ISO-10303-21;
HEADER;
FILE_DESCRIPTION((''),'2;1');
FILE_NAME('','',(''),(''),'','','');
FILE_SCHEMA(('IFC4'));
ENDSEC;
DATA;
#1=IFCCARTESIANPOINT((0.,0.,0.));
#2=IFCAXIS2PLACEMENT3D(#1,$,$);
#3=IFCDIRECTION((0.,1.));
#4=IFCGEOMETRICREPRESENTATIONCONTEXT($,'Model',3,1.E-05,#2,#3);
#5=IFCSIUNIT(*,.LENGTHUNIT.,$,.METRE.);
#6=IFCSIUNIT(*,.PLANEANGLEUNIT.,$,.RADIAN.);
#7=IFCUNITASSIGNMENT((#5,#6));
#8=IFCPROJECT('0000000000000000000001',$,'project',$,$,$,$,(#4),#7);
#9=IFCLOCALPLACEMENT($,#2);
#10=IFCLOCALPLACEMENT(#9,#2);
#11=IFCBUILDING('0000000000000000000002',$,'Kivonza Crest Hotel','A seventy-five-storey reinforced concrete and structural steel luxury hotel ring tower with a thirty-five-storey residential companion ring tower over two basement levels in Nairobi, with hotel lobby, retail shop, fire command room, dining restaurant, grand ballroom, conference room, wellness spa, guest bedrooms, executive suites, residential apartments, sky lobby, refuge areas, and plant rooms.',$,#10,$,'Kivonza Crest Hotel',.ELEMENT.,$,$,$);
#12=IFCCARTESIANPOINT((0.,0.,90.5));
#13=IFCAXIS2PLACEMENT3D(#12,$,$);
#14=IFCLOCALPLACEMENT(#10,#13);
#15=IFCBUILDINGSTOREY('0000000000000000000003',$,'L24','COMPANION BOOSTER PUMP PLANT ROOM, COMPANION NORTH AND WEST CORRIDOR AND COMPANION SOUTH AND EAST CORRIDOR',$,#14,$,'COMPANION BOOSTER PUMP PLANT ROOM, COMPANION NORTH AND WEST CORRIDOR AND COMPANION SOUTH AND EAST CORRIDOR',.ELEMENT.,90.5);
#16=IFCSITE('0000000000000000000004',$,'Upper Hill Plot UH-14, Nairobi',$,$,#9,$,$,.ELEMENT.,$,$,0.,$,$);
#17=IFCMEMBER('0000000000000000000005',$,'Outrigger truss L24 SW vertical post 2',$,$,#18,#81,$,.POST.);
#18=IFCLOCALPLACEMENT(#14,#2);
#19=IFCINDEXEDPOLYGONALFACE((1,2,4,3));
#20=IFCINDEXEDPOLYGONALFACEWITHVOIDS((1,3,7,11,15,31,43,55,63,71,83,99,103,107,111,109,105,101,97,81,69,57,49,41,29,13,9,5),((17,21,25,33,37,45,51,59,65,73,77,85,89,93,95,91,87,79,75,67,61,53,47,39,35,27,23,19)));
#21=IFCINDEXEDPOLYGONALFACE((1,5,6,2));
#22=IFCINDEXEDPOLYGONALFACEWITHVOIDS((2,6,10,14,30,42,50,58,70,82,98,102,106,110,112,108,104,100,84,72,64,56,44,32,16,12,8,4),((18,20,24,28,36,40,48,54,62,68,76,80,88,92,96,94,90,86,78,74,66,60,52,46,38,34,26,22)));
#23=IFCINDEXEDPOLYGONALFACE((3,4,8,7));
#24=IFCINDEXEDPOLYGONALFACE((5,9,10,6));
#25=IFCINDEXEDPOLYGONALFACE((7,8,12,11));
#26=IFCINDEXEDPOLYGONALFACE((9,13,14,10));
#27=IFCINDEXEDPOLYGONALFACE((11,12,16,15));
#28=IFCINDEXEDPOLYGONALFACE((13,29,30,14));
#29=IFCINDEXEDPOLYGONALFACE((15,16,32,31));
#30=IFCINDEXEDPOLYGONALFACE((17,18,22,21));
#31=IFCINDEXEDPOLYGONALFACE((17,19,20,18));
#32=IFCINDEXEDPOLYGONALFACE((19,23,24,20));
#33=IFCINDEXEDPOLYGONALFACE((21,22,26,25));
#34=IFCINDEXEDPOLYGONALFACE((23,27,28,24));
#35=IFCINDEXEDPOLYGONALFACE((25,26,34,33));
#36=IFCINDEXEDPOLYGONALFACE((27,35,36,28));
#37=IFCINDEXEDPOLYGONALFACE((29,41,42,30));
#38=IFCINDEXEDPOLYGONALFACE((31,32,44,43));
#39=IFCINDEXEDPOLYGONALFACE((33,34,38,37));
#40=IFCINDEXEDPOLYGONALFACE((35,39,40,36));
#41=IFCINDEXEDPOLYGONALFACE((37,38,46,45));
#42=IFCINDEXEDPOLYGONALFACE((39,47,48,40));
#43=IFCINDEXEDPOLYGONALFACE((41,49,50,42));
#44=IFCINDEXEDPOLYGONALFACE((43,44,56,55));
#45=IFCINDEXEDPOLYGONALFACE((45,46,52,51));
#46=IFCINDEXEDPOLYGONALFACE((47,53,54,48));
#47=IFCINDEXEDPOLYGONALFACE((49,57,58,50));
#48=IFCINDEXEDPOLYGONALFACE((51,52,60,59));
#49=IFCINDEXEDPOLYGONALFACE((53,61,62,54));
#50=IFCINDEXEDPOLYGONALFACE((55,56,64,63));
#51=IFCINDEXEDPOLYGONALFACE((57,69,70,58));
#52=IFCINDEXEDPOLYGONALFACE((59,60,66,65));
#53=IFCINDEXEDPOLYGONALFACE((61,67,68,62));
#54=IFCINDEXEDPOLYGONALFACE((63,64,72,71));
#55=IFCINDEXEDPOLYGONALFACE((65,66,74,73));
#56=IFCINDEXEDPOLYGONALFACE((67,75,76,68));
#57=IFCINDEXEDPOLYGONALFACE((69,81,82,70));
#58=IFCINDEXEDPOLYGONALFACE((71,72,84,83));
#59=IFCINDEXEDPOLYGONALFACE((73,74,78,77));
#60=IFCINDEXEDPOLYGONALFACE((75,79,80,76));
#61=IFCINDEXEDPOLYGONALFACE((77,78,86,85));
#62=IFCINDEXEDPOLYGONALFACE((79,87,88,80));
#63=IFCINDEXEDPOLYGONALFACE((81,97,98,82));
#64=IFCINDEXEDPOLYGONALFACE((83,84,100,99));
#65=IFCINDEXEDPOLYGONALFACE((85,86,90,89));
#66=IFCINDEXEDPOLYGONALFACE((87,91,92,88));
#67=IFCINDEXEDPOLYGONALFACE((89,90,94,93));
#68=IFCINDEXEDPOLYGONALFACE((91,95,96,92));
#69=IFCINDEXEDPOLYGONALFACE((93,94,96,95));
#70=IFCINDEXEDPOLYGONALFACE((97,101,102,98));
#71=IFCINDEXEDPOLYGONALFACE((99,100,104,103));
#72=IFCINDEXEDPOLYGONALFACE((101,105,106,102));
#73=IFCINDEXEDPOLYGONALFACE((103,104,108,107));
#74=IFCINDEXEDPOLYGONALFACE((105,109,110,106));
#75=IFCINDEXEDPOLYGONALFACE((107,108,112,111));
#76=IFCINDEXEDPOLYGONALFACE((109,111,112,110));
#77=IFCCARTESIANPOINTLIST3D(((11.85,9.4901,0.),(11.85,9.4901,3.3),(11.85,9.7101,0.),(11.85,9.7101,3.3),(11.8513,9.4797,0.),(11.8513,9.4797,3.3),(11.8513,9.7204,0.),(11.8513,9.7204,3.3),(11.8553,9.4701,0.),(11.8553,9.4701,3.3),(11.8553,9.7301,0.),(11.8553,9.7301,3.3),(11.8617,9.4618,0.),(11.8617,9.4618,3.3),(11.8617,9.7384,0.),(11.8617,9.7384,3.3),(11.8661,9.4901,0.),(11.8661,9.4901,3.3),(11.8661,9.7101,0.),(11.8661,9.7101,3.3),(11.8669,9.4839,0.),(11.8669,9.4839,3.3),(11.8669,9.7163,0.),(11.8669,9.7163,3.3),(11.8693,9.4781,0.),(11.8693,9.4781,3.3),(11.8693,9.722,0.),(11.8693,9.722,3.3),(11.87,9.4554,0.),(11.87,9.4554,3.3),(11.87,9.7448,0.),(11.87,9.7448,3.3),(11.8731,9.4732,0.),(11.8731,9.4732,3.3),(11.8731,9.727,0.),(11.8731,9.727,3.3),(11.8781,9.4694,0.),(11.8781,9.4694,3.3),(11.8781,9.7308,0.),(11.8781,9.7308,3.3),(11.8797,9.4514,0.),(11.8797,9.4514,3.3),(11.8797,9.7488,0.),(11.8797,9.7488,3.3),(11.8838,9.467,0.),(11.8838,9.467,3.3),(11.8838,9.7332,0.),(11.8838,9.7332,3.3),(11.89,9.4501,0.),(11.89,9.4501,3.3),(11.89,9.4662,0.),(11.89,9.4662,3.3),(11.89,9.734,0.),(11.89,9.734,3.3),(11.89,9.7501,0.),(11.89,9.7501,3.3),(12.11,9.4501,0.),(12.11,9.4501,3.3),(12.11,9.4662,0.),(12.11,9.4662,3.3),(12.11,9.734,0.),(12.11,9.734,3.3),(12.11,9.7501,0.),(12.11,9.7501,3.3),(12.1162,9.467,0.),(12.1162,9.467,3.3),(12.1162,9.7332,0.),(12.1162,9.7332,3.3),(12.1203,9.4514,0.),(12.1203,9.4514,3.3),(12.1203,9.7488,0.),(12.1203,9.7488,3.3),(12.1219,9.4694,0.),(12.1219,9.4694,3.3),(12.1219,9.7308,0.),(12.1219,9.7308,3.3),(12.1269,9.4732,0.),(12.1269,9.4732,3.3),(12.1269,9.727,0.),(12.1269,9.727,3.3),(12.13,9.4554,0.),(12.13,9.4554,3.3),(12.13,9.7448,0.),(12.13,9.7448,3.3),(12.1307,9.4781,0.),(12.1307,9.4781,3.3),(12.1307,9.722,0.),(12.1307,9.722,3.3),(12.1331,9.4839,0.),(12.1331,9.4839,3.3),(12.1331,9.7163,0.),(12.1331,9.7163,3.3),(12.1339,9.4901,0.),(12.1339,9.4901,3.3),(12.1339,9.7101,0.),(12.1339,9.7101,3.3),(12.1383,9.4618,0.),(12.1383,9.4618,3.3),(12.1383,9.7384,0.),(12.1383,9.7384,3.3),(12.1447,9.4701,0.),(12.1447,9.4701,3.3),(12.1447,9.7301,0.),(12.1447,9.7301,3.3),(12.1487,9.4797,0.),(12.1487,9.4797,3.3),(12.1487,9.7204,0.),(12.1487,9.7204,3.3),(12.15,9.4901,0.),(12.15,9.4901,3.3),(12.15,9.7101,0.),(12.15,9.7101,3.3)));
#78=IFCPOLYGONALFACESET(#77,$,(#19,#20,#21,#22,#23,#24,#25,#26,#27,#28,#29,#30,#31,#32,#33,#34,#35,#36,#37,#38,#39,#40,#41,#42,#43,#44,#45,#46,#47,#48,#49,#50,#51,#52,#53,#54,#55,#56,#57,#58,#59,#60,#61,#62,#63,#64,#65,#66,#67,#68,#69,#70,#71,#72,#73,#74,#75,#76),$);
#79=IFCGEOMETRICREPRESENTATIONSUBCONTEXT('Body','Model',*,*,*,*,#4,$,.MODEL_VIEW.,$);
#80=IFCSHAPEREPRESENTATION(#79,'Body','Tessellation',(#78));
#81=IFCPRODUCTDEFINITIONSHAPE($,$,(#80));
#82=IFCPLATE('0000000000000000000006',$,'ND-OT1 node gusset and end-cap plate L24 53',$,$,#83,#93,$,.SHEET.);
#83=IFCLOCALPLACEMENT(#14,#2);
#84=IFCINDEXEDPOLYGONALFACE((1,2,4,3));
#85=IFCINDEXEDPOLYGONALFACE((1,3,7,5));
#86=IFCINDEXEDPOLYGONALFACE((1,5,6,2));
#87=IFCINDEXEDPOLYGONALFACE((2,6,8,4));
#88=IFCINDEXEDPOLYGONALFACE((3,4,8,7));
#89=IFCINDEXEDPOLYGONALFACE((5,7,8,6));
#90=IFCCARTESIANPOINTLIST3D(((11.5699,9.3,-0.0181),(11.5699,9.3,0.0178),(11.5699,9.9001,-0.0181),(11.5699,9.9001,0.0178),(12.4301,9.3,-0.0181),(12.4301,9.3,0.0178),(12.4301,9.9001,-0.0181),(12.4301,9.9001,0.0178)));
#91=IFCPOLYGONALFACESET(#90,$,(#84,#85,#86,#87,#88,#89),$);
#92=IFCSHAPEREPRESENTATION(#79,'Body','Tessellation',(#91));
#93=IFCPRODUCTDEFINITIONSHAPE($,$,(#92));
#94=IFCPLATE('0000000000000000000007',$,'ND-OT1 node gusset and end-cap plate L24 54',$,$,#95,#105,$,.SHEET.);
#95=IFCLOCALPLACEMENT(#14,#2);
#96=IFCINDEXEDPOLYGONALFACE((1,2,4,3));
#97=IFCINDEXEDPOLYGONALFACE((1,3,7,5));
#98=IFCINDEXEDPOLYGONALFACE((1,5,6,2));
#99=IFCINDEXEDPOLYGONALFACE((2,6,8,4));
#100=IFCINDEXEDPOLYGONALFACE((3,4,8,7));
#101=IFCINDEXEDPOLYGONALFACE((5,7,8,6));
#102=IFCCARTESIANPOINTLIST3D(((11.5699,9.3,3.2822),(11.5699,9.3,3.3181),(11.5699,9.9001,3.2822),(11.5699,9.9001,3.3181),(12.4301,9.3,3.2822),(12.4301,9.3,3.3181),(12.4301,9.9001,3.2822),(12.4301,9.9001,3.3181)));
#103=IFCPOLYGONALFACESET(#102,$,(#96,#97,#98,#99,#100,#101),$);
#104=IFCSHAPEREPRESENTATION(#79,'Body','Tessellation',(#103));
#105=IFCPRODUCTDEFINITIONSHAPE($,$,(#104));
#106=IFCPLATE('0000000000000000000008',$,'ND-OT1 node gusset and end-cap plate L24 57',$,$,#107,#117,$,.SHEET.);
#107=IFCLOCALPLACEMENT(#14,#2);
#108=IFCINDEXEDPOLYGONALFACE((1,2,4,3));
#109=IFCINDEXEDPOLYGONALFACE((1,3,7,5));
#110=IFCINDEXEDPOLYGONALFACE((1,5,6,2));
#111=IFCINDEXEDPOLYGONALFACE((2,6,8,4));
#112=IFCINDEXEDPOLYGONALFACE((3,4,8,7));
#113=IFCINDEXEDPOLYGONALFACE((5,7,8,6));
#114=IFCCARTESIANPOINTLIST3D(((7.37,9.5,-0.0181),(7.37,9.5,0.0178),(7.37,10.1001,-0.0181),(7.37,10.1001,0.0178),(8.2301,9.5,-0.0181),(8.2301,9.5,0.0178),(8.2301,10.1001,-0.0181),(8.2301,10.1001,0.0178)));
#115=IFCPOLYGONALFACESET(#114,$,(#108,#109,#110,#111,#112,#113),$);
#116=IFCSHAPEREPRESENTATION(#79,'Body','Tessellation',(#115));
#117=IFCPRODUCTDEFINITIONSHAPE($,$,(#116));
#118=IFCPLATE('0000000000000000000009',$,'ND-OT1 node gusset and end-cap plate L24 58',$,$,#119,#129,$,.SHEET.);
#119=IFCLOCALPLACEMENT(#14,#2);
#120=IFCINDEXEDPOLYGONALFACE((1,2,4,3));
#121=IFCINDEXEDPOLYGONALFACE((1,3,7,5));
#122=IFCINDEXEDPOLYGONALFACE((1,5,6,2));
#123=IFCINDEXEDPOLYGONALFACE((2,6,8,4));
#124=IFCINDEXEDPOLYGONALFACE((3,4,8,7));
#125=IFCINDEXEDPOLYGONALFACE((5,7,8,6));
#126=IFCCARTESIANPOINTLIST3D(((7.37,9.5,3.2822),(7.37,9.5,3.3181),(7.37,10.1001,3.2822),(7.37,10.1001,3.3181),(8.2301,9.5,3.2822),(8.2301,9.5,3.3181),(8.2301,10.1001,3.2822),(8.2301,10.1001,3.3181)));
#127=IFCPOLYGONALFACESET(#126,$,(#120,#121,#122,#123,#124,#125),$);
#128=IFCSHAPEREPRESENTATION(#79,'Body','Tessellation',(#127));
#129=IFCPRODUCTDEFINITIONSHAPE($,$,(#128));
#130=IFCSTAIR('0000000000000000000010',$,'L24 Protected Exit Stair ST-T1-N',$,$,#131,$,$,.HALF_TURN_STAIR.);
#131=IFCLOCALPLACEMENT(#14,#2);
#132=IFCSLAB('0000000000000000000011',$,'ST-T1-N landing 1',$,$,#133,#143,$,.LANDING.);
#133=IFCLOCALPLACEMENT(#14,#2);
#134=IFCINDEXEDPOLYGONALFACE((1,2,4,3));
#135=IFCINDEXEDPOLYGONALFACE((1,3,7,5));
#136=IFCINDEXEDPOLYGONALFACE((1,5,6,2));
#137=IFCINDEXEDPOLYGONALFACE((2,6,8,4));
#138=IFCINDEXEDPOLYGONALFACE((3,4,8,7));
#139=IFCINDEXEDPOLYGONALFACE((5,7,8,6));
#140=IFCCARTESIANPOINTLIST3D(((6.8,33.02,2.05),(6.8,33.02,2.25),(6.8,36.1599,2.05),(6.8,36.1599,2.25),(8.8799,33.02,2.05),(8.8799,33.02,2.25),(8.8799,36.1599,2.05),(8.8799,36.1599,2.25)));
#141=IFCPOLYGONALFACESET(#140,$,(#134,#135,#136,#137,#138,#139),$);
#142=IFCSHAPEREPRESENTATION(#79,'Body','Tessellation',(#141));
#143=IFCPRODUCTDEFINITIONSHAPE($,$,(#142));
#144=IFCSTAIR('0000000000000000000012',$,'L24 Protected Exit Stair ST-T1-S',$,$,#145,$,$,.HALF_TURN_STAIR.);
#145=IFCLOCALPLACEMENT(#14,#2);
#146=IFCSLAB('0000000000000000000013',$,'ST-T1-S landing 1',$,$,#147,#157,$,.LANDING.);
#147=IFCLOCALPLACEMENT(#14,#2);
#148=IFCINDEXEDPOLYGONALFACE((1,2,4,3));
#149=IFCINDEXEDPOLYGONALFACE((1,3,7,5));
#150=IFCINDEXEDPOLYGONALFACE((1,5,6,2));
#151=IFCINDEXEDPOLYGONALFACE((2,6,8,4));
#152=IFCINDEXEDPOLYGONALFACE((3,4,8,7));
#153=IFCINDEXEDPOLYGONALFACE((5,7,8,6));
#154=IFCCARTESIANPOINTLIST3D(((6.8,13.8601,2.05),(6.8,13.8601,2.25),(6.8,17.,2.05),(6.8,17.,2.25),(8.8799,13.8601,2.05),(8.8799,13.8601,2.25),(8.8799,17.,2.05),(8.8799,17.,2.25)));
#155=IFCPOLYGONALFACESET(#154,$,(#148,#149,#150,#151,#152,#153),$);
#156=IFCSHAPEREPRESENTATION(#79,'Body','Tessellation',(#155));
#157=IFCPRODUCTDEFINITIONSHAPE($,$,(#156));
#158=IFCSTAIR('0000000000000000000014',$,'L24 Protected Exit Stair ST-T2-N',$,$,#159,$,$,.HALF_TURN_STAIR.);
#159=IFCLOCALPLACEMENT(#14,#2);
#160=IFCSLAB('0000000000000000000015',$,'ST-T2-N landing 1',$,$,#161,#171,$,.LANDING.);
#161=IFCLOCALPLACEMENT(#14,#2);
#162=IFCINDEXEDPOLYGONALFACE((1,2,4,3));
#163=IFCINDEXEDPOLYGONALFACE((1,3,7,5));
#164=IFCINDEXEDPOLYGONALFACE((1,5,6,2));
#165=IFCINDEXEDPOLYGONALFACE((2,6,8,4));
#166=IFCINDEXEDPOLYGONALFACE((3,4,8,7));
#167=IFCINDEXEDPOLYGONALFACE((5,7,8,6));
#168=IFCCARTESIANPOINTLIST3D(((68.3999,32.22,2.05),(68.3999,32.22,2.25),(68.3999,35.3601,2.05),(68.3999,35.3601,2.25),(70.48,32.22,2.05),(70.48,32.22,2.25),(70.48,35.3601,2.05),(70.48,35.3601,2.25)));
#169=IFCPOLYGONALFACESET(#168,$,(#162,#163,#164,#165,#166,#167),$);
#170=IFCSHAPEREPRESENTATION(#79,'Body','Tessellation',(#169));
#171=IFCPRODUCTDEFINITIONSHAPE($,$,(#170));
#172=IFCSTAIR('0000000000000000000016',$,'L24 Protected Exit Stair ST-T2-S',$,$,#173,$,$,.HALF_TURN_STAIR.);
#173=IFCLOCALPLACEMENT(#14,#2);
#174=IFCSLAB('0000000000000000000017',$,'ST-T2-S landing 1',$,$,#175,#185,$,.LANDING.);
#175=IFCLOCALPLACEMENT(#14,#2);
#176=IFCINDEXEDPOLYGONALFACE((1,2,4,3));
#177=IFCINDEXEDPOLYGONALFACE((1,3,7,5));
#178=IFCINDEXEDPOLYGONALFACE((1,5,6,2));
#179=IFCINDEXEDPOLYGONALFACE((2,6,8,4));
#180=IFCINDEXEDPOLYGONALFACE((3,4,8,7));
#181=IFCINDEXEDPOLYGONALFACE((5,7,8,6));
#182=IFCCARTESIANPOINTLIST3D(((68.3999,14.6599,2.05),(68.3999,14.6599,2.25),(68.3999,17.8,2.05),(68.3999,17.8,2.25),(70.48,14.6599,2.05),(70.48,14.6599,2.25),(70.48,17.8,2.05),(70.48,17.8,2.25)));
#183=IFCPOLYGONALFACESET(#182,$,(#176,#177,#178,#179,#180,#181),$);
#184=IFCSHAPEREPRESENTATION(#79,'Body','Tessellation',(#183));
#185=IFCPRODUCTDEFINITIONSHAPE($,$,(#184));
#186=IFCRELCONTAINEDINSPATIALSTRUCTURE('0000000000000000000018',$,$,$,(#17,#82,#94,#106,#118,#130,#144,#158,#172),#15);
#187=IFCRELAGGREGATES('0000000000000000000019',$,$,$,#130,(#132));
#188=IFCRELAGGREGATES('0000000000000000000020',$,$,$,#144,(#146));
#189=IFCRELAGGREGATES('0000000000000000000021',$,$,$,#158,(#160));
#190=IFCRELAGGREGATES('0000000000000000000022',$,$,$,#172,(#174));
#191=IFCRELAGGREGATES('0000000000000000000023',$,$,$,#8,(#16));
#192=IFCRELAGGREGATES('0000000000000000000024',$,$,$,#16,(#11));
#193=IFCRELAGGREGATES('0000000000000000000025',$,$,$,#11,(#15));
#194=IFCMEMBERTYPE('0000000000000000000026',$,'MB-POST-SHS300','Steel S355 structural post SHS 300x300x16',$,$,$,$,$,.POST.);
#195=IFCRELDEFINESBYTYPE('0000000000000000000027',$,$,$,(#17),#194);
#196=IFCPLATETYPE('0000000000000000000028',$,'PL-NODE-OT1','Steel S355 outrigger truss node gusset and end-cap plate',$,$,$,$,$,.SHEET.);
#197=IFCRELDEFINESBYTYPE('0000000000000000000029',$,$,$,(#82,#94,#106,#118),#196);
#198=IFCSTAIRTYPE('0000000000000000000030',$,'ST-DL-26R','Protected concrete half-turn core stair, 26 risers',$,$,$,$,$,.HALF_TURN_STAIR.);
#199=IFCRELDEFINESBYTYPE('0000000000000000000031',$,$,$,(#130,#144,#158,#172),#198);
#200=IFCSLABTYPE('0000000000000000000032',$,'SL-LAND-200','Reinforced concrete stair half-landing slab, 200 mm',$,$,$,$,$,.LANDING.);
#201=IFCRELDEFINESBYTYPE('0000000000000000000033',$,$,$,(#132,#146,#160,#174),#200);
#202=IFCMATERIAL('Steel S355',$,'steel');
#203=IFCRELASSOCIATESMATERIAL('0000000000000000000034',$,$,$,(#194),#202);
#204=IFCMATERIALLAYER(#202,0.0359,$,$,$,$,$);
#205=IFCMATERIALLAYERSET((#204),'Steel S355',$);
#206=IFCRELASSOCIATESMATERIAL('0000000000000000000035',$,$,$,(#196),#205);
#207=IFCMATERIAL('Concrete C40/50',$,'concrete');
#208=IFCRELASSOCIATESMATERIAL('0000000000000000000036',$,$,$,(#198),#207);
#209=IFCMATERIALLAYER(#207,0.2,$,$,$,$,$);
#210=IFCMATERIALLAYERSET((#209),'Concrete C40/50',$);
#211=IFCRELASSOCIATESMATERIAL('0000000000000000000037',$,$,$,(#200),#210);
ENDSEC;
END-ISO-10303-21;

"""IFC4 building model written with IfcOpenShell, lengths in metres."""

from ifc_helpers import new_model, si_unit, direction, frame, origin, origin_2d, place, context, subcontext, project, spatial, polyline, rectangle, hollow_rectangle, outline, extrude, material, layer, layer_set, material_profile, profile_set, type_object, element, aggregate, save


model = new_model("IFC4")

# Units and contexts
model_context = context("Model", 3, precision=1e-05, world=origin(), true_north=direction((0.0, 1.0)))
body_context = subcontext(model_context, "Body", "Model", "MODEL_VIEW")
ifc_project = project(units=[si_unit("LENGTHUNIT", "METRE"), si_unit("PLANEANGLEUNIT", "RADIAN")], contexts=[model_context])

# Site, building, storey
site_placement = place(None, origin())
site = spatial("IfcSite", under=ifc_project, at=site_placement, Name="Upper Hill Plot UH-14, Nairobi", CompositionType="ELEMENT", RefElevation=0.0)
building_placement = place(site_placement, origin())
building = spatial("IfcBuilding", under=site, at=building_placement, Name="Kivonza Crest Hotel", Description="A seventy-five-storey reinforced concrete and structural steel luxury hotel ring tower with a thirty-five-storey residential companion ring tower over two basement levels in Nairobi, with hotel lobby, retail shop, fire command room, dining restaurant, grand ballroom, conference room, wellness spa, guest bedrooms, executive suites, residential apartments, sky lobby, refuge areas, and plant rooms.", LongName="Kivonza Crest Hotel", CompositionType="ELEMENT")
storey_placement = place(building_placement, frame((0.0, 0.0, 90.5)))
storey = spatial("IfcBuildingStorey", under=building, at=storey_placement, Name="L24", Description="COMPANION BOOSTER PUMP PLANT ROOM, COMPANION NORTH AND WEST CORRIDOR AND COMPANION SOUTH AND EAST CORRIDOR", LongName="COMPANION BOOSTER PUMP PLANT ROOM, COMPANION NORTH AND WEST CORRIDOR AND COMPANION SOUTH AND EAST CORRIDOR", CompositionType="ELEMENT", Elevation=90.5)

# Shared definitions
ifc_material_1 = material(Name="Steel S355", Category="steel")

# Member
ifc_material_profile_1 = material_profile(ifc_material_1, hollow_rectangle(XDim=0.3, YDim=0.3, WallThickness=0.0161, InnerFilletRadius=0.0239, OuterFilletRadius=0.04, at=origin_2d()), Name="SHS 300x300x16")
ifc_profile_set_1 = profile_set([ifc_material_profile_1], Name="Steel S355")
member_type_1 = type_object("IfcMemberType", Name="MB-POST-SHS300", Description="Steel S355 structural post SHS 300x300x16", PredefinedType="POST", material=ifc_profile_set_1)
member_1_placement = place(storey_placement, frame((12.0, 9.6001, 0.0), z_axis=(0.0, 0.0, 1.0), x_axis=(1.0, 0.0, 0.0)))
element("IfcMember", 1, at=member_1_placement, inside=storey, type_object=member_type_1, Name="Outrigger truss L24 SW vertical post 2", PredefinedType="POST", context=body_context, shape_type="SweptSolid", body=[
    extrude(hollow_rectangle(XDim=0.3, YDim=0.3, WallThickness=0.0161, InnerFilletRadius=0.0239, OuterFilletRadius=0.04, at=origin_2d()), origin(), (0.0, 0.0, 1.0), 3.3),
])

# Plates
ifc_layer_1 = layer(ifc_material_1, 0.0359)
ifc_layer_set_1 = layer_set([ifc_layer_1], Name="Steel S355")
plate_type = type_object("IfcPlateType", Name="PL-NODE-OT1", Description="Steel S355 outrigger truss node gusset and end-cap plate", PredefinedType="SHEET", material=ifc_layer_set_1)
for number, where, z_axis, x_axis, name in (
    (2, (12.0, 9.6001, -0.0181), (0.0, 0.0, 1.0), (1.0, 0.0, 0.0), "ND-OT1 node gusset and end-cap plate L24 53"),
    (3, (12.0, 9.6001, 3.2822), (0.0, 0.0, 1.0), (1.0, 0.0, 0.0), "ND-OT1 node gusset and end-cap plate L24 54"),
    (4, (7.8, 9.8, -0.0181), (0.0, 0.0, 1.0), (1.0, 0.0, 0.0), "ND-OT1 node gusset and end-cap plate L24 57"),
    (5, (7.8, 9.8, 3.2822), (0.0, 0.0, 1.0), (1.0, 0.0, 0.0), "ND-OT1 node gusset and end-cap plate L24 58"),
):
    element("IfcPlate", number, at=place(storey_placement, frame(where, z_axis=z_axis, x_axis=x_axis)), inside=storey, type_object=plate_type, Name=name, PredefinedType="SHEET", context=body_context, shape_type="SweptSolid", body=[
        extrude(rectangle(XDim=0.8601, YDim=0.6001, at=origin_2d()), origin(), (0.0, 0.0, 1.0), 0.0359),
    ])

# Stairs, slabs
ifc_material_2 = material(Name="Concrete C40/50", Category="concrete")
stair_type = type_object("IfcStairType", Name="ST-DL-26R", Description="Protected concrete half-turn core stair, 26 risers", PredefinedType="HALF_TURN_STAIR", material=ifc_material_2)
stair_1_placement = place(storey_placement, origin())
stair_1 = element("IfcStair", 6, at=stair_1_placement, inside=storey, type_object=stair_type, Name="L24 Protected Exit Stair ST-T1-N", PredefinedType="HALF_TURN_STAIR")
ifc_layer_2 = layer(ifc_material_2, 0.2)
ifc_layer_set_2 = layer_set([ifc_layer_2], Name="Concrete C40/50")
slab_type_1 = type_object("IfcSlabType", Name="SL-LAND-200", Description="Reinforced concrete stair half-landing slab, 200 mm", PredefinedType="LANDING", material=ifc_layer_set_2)
slab_1_placement = place(storey_placement, frame((0.0, 0.0, 2.05)))
slab_1 = element("IfcSlab", 7, at=slab_1_placement, type_object=slab_type_1, Name="ST-T1-N landing 1", PredefinedType="LANDING", context=body_context, shape_type="SweptSolid", body=[
    extrude(outline(polyline([(8.8799, 36.1599), (6.8, 36.1599), (6.8, 33.02), (8.8799, 33.02), (8.8799, 36.1599)])), origin(), (0.0, 0.0, 1.0), 0.2),
])
aggregate(stair_1, [slab_1])
stair_2_placement = place(storey_placement, origin())
stair_2 = element("IfcStair", 8, at=stair_2_placement, inside=storey, type_object=stair_type, Name="L24 Protected Exit Stair ST-T1-S", PredefinedType="HALF_TURN_STAIR")
slab_2_placement = place(storey_placement, frame((0.0, 0.0, 2.05)))
slab_2 = element("IfcSlab", 9, at=slab_2_placement, type_object=slab_type_1, Name="ST-T1-S landing 1", PredefinedType="LANDING", context=body_context, shape_type="SweptSolid", body=[
    extrude(outline(polyline([(8.8799, 17.0), (6.8, 17.0), (6.8, 13.8601), (8.8799, 13.8601), (8.8799, 17.0)])), origin(), (0.0, 0.0, 1.0), 0.2),
])
aggregate(stair_2, [slab_2])
stair_3_placement = place(storey_placement, origin())
stair_3 = element("IfcStair", 10, at=stair_3_placement, inside=storey, type_object=stair_type, Name="L24 Protected Exit Stair ST-T2-N", PredefinedType="HALF_TURN_STAIR")
slab_3_placement = place(storey_placement, frame((0.0, 0.0, 2.05)))
slab_3 = element("IfcSlab", 11, at=slab_3_placement, type_object=slab_type_1, Name="ST-T2-N landing 1", PredefinedType="LANDING", context=body_context, shape_type="SweptSolid", body=[
    extrude(outline(polyline([(70.48, 35.3601), (68.3999, 35.3601), (68.3999, 32.22), (70.48, 32.22), (70.48, 35.3601)])), origin(), (0.0, 0.0, 1.0), 0.2),
])
aggregate(stair_3, [slab_3])
stair_4_placement = place(storey_placement, origin())
stair_4 = element("IfcStair", 12, at=stair_4_placement, inside=storey, type_object=stair_type, Name="L24 Protected Exit Stair ST-T2-S", PredefinedType="HALF_TURN_STAIR")
slab_4_placement = place(storey_placement, frame((0.0, 0.0, 2.05)))
slab_4 = element("IfcSlab", 13, at=slab_4_placement, type_object=slab_type_1, Name="ST-T2-S landing 1", PredefinedType="LANDING", context=body_context, shape_type="SweptSolid", body=[
    extrude(outline(polyline([(70.48, 17.8), (68.3999, 17.8), (68.3999, 14.6599), (70.48, 14.6599), (70.48, 17.8)])), origin(), (0.0, 0.0, 1.0), 0.2),
])
aggregate(stair_4, [slab_4])

save(model, "model.ifc")
